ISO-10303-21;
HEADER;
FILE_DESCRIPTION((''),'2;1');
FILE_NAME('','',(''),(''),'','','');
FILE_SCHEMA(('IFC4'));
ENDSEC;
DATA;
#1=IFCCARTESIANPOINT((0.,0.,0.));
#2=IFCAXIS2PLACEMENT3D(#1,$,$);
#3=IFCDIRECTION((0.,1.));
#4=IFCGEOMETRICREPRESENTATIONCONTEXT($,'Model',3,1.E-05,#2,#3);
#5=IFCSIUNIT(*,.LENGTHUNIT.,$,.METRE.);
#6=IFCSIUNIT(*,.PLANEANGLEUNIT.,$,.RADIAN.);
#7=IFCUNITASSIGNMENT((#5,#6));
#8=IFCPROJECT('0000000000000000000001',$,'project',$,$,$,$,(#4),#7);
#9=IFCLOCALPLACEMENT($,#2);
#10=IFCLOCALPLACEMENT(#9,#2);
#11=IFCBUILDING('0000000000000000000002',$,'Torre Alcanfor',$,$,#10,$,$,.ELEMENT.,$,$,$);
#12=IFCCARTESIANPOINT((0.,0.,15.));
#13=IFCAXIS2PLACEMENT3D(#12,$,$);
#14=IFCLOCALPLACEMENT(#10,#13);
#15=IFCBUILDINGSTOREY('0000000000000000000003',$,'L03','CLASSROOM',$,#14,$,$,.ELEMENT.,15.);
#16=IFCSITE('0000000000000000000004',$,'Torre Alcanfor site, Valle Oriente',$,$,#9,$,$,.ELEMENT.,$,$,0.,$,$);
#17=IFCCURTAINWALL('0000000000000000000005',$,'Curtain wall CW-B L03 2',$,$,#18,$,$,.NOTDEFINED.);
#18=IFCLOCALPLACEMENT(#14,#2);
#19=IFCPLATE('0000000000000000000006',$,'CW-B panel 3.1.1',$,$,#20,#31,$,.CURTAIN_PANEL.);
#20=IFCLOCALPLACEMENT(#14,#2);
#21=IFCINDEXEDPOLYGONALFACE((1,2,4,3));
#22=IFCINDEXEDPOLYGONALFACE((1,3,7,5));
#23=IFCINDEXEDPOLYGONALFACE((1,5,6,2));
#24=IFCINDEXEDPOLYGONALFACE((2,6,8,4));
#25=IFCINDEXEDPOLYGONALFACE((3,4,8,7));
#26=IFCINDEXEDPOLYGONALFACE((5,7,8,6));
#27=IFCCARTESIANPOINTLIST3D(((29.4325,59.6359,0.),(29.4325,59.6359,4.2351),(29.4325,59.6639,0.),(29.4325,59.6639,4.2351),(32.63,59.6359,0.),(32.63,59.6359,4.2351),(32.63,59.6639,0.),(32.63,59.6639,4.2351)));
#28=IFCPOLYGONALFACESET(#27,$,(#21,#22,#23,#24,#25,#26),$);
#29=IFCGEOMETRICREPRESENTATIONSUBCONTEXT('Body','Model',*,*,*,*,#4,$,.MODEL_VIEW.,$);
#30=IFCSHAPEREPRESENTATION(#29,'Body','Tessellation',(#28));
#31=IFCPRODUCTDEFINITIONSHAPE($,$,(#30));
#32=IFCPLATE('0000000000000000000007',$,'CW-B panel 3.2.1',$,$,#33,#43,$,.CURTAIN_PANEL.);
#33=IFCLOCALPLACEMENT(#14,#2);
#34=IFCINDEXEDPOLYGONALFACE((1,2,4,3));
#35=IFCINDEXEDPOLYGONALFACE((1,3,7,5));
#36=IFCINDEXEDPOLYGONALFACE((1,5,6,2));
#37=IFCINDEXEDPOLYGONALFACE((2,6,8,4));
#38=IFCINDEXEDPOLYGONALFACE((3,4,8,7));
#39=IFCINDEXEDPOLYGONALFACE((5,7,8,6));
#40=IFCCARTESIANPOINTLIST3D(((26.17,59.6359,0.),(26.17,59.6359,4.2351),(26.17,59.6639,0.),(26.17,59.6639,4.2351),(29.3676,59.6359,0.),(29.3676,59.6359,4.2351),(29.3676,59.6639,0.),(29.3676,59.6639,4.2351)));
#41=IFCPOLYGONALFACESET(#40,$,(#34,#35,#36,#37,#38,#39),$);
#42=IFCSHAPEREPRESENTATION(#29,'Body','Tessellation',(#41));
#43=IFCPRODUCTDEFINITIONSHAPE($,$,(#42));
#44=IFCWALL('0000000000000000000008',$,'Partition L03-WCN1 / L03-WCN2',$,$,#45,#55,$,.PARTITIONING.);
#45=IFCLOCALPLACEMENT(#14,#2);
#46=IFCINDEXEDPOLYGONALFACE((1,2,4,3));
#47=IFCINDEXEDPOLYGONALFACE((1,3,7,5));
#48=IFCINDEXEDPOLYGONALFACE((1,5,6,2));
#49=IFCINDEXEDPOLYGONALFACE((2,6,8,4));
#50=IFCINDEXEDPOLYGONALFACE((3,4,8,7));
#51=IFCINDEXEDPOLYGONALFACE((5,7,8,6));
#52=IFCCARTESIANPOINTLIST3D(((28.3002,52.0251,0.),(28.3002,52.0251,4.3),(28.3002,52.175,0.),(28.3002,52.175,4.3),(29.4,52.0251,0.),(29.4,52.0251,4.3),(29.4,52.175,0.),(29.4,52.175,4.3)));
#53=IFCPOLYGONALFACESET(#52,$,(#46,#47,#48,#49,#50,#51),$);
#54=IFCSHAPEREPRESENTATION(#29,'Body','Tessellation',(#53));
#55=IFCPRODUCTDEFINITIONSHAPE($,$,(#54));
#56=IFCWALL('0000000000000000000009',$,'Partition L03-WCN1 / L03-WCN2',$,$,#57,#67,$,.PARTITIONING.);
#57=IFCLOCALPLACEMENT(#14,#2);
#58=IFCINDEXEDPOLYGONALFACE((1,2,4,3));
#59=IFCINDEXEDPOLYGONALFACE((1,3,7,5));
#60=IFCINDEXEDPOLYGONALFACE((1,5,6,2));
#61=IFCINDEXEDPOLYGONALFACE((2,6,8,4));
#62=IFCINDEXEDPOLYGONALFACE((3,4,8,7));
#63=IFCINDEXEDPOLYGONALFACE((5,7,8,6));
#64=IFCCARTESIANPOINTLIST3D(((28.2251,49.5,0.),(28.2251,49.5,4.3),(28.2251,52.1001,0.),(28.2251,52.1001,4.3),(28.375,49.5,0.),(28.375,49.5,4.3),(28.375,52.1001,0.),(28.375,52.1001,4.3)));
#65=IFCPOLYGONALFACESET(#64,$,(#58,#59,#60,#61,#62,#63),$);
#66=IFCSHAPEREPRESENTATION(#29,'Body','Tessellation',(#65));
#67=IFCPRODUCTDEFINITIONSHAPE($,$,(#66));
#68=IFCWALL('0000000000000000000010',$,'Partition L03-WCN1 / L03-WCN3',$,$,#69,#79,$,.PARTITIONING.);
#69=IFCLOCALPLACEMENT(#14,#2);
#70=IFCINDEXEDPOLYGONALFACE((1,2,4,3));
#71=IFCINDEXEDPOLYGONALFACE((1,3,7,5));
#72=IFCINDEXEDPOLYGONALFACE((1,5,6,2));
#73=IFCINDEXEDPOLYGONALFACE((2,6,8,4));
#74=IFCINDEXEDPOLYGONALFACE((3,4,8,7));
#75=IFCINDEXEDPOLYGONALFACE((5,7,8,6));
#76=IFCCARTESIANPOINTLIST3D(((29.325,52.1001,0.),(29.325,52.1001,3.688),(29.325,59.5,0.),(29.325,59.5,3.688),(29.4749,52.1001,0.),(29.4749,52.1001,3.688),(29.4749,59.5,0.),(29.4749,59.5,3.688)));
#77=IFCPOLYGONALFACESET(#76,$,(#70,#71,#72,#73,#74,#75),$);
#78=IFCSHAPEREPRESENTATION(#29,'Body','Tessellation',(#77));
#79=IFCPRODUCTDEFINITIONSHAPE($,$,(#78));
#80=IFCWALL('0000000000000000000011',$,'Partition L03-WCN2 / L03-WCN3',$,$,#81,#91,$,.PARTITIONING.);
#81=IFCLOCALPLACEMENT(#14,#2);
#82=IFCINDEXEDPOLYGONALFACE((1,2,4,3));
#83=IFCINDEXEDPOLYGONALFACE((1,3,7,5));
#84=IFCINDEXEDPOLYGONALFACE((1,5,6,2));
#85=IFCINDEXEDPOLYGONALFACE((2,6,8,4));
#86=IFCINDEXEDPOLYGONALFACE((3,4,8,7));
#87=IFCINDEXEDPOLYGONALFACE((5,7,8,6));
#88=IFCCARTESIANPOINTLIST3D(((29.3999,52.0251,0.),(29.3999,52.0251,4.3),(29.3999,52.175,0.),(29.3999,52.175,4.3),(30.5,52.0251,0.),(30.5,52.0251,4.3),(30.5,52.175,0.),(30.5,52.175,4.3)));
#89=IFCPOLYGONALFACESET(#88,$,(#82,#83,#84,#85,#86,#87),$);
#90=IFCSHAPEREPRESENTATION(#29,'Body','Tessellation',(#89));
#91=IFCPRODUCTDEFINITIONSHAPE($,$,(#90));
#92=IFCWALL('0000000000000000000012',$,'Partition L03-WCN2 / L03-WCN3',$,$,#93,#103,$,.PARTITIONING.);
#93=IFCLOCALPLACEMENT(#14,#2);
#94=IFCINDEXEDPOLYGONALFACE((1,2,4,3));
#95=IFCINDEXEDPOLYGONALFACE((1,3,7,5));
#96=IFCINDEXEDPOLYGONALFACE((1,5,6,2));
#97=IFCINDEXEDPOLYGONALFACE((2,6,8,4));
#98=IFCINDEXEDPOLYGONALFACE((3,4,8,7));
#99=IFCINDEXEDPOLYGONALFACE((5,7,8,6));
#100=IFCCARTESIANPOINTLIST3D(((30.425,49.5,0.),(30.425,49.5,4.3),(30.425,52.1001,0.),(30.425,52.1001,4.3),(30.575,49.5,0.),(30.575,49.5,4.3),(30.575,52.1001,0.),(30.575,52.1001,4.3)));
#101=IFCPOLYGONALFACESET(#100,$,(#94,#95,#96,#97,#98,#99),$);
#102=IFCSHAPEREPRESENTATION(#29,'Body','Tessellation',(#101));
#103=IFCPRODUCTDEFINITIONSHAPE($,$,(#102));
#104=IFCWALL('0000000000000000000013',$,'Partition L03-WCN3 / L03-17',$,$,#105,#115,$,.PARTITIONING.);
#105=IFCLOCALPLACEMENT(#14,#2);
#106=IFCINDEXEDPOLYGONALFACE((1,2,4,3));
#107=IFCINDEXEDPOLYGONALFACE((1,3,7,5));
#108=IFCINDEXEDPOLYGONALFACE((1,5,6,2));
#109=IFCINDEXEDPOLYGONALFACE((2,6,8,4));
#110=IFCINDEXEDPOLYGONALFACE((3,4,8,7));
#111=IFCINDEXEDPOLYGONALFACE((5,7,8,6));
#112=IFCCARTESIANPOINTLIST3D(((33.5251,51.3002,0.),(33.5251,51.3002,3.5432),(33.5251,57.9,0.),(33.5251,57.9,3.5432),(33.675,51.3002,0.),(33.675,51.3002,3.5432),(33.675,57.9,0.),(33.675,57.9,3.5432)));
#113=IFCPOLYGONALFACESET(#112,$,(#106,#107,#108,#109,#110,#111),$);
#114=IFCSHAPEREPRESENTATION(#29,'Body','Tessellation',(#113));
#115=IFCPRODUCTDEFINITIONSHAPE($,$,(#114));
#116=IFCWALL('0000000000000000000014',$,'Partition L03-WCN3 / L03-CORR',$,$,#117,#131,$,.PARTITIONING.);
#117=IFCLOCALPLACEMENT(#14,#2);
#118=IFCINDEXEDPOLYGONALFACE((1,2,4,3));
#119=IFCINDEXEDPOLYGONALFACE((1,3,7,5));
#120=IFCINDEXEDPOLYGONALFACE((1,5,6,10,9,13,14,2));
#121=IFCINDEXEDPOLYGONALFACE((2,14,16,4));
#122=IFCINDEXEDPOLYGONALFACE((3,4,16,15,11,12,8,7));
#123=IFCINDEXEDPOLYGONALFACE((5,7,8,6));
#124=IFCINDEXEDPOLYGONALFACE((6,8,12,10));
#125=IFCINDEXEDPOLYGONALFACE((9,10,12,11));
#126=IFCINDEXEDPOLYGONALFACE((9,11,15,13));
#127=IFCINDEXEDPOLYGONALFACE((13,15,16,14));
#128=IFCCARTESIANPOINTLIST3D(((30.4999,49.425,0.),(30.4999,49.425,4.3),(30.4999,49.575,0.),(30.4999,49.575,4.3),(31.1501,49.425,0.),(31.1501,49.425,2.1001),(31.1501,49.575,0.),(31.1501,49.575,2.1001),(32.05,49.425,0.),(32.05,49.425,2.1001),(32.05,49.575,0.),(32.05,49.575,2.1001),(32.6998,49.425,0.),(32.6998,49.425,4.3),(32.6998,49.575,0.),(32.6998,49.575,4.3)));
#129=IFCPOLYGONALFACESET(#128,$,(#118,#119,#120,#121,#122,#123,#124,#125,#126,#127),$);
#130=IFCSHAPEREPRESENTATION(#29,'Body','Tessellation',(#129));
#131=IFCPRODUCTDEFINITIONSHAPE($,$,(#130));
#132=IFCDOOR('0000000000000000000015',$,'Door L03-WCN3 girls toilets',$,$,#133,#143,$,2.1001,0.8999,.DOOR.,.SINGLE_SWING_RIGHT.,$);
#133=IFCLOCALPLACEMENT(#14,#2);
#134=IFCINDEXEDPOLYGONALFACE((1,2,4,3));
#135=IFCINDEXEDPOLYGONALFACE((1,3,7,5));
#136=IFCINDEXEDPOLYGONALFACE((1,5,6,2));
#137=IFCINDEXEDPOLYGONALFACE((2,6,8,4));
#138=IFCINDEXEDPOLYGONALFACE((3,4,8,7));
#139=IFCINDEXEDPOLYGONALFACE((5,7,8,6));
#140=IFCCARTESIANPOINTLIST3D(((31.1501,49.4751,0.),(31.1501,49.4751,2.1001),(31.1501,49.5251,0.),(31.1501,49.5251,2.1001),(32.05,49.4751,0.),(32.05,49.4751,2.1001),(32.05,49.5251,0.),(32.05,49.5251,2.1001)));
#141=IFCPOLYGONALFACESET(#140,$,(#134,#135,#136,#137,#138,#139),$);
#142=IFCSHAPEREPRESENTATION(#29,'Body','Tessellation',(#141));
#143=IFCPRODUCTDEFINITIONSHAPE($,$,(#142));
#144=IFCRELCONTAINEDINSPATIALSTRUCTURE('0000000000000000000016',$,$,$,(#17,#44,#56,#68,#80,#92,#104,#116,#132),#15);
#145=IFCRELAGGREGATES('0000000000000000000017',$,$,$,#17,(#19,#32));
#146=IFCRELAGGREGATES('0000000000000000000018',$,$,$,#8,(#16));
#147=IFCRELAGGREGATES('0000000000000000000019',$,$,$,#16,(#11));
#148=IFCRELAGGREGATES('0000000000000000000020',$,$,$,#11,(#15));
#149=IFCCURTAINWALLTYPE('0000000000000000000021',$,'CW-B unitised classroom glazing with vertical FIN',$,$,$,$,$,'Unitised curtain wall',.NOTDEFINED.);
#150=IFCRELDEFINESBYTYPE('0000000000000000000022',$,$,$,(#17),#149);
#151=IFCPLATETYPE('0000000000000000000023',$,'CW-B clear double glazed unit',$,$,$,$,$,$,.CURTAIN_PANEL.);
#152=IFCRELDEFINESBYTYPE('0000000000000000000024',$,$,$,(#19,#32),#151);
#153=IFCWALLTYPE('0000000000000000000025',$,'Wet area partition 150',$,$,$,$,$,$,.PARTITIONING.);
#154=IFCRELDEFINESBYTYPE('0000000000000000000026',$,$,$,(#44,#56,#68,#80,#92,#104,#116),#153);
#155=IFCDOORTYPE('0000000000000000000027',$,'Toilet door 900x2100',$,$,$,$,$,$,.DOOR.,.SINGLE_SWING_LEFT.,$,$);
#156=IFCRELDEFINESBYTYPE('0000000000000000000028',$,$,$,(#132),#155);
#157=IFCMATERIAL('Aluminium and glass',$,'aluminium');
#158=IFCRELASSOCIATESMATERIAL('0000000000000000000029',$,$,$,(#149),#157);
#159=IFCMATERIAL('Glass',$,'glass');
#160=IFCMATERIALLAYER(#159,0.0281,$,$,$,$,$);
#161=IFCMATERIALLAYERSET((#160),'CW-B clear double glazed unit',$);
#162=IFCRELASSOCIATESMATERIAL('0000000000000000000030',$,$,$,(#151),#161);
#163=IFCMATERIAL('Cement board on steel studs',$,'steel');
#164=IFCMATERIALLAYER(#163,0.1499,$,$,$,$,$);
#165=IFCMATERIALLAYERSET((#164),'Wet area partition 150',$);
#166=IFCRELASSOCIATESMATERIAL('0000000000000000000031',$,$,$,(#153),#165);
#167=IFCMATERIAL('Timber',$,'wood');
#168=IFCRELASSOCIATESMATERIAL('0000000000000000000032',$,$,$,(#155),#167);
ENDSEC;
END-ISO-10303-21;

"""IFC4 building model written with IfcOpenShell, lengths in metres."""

from ifc_helpers import new_model, si_unit, direction, frame, frame_2d, origin, origin_2d, place, context, subcontext, project, spatial, rectangle, extrude, material, layer, layer_set, type_object, element, fill, aggregate, save


model = new_model("IFC4")

# Units and contexts
model_context = context("Model", 3, precision=1e-05, world=origin(), true_north=direction((0.0, 1.0)))
body_context = subcontext(model_context, "Body", "Model", "MODEL_VIEW")
ifc_project = project(units=[si_unit("LENGTHUNIT", "METRE"), si_unit("PLANEANGLEUNIT", "RADIAN")], contexts=[model_context])

# Site, building, storey
site_placement = place(None, origin())
site = spatial("IfcSite", under=ifc_project, at=site_placement, Name="Torre Alcanfor site, Valle Oriente", CompositionType="ELEMENT", RefElevation=0.0)
building_placement = place(site_placement, origin())
building = spatial("IfcBuilding", under=site, at=building_placement, Name="Torre Alcanfor", CompositionType="ELEMENT")
storey_placement = place(building_placement, frame((0.0, 0.0, 15.0)))
storey = spatial("IfcBuildingStorey", under=building, at=storey_placement, Name="L03", Description="CLASSROOM", CompositionType="ELEMENT", Elevation=15.0)

# Curtain wall
ifc_material_1 = material(Name="Aluminium and glass", Category="aluminium")
curtain_wall_type = type_object("IfcCurtainWallType", Name="CW-B unitised classroom glazing with vertical FIN", ElementType="Unitised curtain wall", PredefinedType="NOTDEFINED", material=ifc_material_1)
curtain_wall_placement = place(storey_placement, origin())
curtain_wall = element("IfcCurtainWall", 1, at=curtain_wall_placement, inside=storey, type_object=curtain_wall_type, Name="Curtain wall CW-B L03 2", PredefinedType="NOTDEFINED")

# Plates
ifc_material_2 = material(Name="Glass", Category="glass")
ifc_layer_1 = layer(ifc_material_2, 0.0281)
ifc_layer_set_1 = layer_set([ifc_layer_1], Name="CW-B clear double glazed unit")
plate_type = type_object("IfcPlateType", Name="CW-B clear double glazed unit", PredefinedType="CURTAIN_PANEL", material=ifc_layer_set_1)
plate_1_placement = place(storey_placement, frame((31.0312, 59.6499, 0.0), z_axis=(0.0, 0.0, 1.0), x_axis=(-1.0, 0.0, 0.0)))
plate_1 = element("IfcPlate", 2, at=plate_1_placement, type_object=plate_type, Name="CW-B panel 3.1.1", PredefinedType="CURTAIN_PANEL", context=body_context, shape_type="SweptSolid", body=[
    extrude(rectangle(XDim=3.1975, YDim=0.0281, at=origin_2d()), origin(), (0.0, 0.0, 1.0), 4.2351),
])
plate_2_placement = place(storey_placement, frame((27.7688, 59.6499, 0.0), z_axis=(0.0, 0.0, 1.0), x_axis=(-1.0, 0.0, 0.0)))
plate_2 = element("IfcPlate", 3, at=plate_2_placement, type_object=plate_type, Name="CW-B panel 3.2.1", PredefinedType="CURTAIN_PANEL", context=body_context, shape_type="SweptSolid", body=[
    extrude(rectangle(XDim=3.1975, YDim=0.0281, at=origin_2d()), origin(), (0.0, 0.0, 1.0), 4.2351),
])
aggregate(curtain_wall, [plate_1, plate_2])

# Walls
ifc_material_3 = material(Name="Cement board on steel studs", Category="steel")
ifc_layer_2 = layer(ifc_material_3, 0.1499)
ifc_layer_set_2 = layer_set([ifc_layer_2], Name="Wet area partition 150")
wall_type = type_object("IfcWallType", Name="Wet area partition 150", PredefinedType="PARTITIONING", material=ifc_layer_set_2)
wall_1_placement = place(storey_placement, frame((29.3999, 52.1001, 0.0), z_axis=(0.0, 0.0, 1.0), x_axis=(-1.0, 0.0, 0.0)))
element("IfcWall", 4, at=wall_1_placement, inside=storey, type_object=wall_type, Name="Partition L03-WCN1 / L03-WCN2", PredefinedType="PARTITIONING", context=body_context, shape_type="SweptSolid", body=[
    extrude(rectangle(XDim=1.0999, YDim=0.1499, at=frame_2d((0.5498, 0.0))), origin(), (0.0, 0.0, 1.0), 4.3),
])
wall_2_placement = place(storey_placement, frame((28.3, 52.1001, 0.0), z_axis=(0.0, 0.0, 1.0), x_axis=(0.0, -1.0, 0.0)))
element("IfcWall", 5, at=wall_2_placement, inside=storey, type_object=wall_type, Name="Partition L03-WCN1 / L03-WCN2", PredefinedType="PARTITIONING", context=body_context, shape_type="SweptSolid", body=[
    extrude(rectangle(XDim=2.6001, YDim=0.1499, at=frame_2d((1.3, 0.0))), origin(), (0.0, 0.0, 1.0), 4.3),
])
wall_3_placement = place(storey_placement, frame((29.3999, 59.5, 0.0), z_axis=(0.0, 0.0, 1.0), x_axis=(0.0, -1.0, 0.0)))
element("IfcWall", 6, at=wall_3_placement, inside=storey, type_object=wall_type, Name="Partition L03-WCN1 / L03-WCN3", PredefinedType="PARTITIONING", context=body_context, shape_type="SweptSolid", body=[
    extrude(rectangle(XDim=7.3999, YDim=0.1499, at=frame_2d((3.7, 0.0))), origin(), (0.0, 0.0, 1.0), 3.688),
])
wall_4_placement = place(storey_placement, frame((29.3999, 52.1001, 0.0), z_axis=(0.0, 0.0, 1.0), x_axis=(1.0, 0.0, 0.0)))
element("IfcWall", 7, at=wall_4_placement, inside=storey, type_object=wall_type, Name="Partition L03-WCN2 / L03-WCN3", PredefinedType="PARTITIONING", context=body_context, shape_type="SweptSolid", body=[
    extrude(rectangle(XDim=1.1001, YDim=0.1499, at=frame_2d((0.55, 0.0))), origin(), (0.0, 0.0, 1.0), 4.3),
])
wall_5_placement = place(storey_placement, frame((30.5, 52.1001, 0.0), z_axis=(0.0, 0.0, 1.0), x_axis=(0.0, -1.0, 0.0)))
element("IfcWall", 8, at=wall_5_placement, inside=storey, type_object=wall_type, Name="Partition L03-WCN2 / L03-WCN3", PredefinedType="PARTITIONING", context=body_context, shape_type="SweptSolid", body=[
    extrude(rectangle(XDim=2.6001, YDim=0.1499, at=frame_2d((1.3, 0.0))), origin(), (0.0, 0.0, 1.0), 4.3),
])
wall_6_placement = place(storey_placement, frame((33.6001, 57.8999, 0.0), z_axis=(0.0, 0.0, 1.0), x_axis=(0.0, -1.0, 0.0)))
element("IfcWall", 9, at=wall_6_placement, inside=storey, type_object=wall_type, Name="Partition L03-WCN3 / L03-17", PredefinedType="PARTITIONING", context=body_context, shape_type="SweptSolid", body=[
    extrude(rectangle(XDim=6.5999, YDim=0.1499, at=frame_2d((3.2998, 0.0))), origin(), (0.0, 0.0, 1.0), 3.5432),
])

# Wall, opening, door
wall_7_placement = place(storey_placement, frame((32.7, 49.5, 0.0), z_axis=(0.0, 0.0, 1.0), x_axis=(-1.0, 0.0, 0.0)))
wall_7 = element("IfcWall", 10, at=wall_7_placement, inside=storey, type_object=wall_type, Name="Partition L03-WCN3 / L03-CORR", PredefinedType="PARTITIONING", context=body_context, shape_type="SweptSolid", body=[
    extrude(rectangle(XDim=2.2, YDim=0.1499, at=frame_2d((1.1001, 0.0))), origin(), (0.0, 0.0, 1.0), 4.3),
])
opening_placement = place(wall_7_placement, frame((0.6499, 0.0, 0.0)))
opening = element("IfcOpeningElement", 11, at=opening_placement, cuts=wall_7, PredefinedType="OPENING", context=body_context, shape_type="SweptSolid", body=[
    extrude(rectangle(XDim=0.8999, YDim=2.1001, at=frame_2d((0.45, 1.05))), frame((0.0, 0.085, 0.0), z_axis=(0.0, -1.0, 0.0), x_axis=(1.0, 0.0, 0.0)), (0.0, 0.0, 1.0), 0.1699),
])
ifc_material_4 = material(Name="Timber", Category="wood")
door_type = type_object("IfcDoorType", Name="Toilet door 900x2100", OperationType="SINGLE_SWING_LEFT", PredefinedType="DOOR", material=ifc_material_4)
door_placement = place(opening_placement, frame((0.8999, 0.0, 0.0), z_axis=(0.0, 0.0, 1.0), x_axis=(-1.0, 0.0, 0.0)))
door = element("IfcDoor", 12, at=door_placement, inside=storey, type_object=door_type, Name="Door L03-WCN3 girls toilets", OperationType="SINGLE_SWING_RIGHT", OverallHeight=2.1001, OverallWidth=0.8999, PredefinedType="DOOR", context=body_context, shape_type="SweptSolid", body=[
    extrude(rectangle(XDim=0.8999, YDim=2.1001, at=frame_2d((0.45, 1.05))), frame((0.0, 0.0251, 0.0), z_axis=(0.0, -1.0, 0.0), x_axis=(1.0, 0.0, 0.0)), (0.0, 0.0, 1.0), 0.05),
])
fill(opening, door)

save(model, "model.ifc")
